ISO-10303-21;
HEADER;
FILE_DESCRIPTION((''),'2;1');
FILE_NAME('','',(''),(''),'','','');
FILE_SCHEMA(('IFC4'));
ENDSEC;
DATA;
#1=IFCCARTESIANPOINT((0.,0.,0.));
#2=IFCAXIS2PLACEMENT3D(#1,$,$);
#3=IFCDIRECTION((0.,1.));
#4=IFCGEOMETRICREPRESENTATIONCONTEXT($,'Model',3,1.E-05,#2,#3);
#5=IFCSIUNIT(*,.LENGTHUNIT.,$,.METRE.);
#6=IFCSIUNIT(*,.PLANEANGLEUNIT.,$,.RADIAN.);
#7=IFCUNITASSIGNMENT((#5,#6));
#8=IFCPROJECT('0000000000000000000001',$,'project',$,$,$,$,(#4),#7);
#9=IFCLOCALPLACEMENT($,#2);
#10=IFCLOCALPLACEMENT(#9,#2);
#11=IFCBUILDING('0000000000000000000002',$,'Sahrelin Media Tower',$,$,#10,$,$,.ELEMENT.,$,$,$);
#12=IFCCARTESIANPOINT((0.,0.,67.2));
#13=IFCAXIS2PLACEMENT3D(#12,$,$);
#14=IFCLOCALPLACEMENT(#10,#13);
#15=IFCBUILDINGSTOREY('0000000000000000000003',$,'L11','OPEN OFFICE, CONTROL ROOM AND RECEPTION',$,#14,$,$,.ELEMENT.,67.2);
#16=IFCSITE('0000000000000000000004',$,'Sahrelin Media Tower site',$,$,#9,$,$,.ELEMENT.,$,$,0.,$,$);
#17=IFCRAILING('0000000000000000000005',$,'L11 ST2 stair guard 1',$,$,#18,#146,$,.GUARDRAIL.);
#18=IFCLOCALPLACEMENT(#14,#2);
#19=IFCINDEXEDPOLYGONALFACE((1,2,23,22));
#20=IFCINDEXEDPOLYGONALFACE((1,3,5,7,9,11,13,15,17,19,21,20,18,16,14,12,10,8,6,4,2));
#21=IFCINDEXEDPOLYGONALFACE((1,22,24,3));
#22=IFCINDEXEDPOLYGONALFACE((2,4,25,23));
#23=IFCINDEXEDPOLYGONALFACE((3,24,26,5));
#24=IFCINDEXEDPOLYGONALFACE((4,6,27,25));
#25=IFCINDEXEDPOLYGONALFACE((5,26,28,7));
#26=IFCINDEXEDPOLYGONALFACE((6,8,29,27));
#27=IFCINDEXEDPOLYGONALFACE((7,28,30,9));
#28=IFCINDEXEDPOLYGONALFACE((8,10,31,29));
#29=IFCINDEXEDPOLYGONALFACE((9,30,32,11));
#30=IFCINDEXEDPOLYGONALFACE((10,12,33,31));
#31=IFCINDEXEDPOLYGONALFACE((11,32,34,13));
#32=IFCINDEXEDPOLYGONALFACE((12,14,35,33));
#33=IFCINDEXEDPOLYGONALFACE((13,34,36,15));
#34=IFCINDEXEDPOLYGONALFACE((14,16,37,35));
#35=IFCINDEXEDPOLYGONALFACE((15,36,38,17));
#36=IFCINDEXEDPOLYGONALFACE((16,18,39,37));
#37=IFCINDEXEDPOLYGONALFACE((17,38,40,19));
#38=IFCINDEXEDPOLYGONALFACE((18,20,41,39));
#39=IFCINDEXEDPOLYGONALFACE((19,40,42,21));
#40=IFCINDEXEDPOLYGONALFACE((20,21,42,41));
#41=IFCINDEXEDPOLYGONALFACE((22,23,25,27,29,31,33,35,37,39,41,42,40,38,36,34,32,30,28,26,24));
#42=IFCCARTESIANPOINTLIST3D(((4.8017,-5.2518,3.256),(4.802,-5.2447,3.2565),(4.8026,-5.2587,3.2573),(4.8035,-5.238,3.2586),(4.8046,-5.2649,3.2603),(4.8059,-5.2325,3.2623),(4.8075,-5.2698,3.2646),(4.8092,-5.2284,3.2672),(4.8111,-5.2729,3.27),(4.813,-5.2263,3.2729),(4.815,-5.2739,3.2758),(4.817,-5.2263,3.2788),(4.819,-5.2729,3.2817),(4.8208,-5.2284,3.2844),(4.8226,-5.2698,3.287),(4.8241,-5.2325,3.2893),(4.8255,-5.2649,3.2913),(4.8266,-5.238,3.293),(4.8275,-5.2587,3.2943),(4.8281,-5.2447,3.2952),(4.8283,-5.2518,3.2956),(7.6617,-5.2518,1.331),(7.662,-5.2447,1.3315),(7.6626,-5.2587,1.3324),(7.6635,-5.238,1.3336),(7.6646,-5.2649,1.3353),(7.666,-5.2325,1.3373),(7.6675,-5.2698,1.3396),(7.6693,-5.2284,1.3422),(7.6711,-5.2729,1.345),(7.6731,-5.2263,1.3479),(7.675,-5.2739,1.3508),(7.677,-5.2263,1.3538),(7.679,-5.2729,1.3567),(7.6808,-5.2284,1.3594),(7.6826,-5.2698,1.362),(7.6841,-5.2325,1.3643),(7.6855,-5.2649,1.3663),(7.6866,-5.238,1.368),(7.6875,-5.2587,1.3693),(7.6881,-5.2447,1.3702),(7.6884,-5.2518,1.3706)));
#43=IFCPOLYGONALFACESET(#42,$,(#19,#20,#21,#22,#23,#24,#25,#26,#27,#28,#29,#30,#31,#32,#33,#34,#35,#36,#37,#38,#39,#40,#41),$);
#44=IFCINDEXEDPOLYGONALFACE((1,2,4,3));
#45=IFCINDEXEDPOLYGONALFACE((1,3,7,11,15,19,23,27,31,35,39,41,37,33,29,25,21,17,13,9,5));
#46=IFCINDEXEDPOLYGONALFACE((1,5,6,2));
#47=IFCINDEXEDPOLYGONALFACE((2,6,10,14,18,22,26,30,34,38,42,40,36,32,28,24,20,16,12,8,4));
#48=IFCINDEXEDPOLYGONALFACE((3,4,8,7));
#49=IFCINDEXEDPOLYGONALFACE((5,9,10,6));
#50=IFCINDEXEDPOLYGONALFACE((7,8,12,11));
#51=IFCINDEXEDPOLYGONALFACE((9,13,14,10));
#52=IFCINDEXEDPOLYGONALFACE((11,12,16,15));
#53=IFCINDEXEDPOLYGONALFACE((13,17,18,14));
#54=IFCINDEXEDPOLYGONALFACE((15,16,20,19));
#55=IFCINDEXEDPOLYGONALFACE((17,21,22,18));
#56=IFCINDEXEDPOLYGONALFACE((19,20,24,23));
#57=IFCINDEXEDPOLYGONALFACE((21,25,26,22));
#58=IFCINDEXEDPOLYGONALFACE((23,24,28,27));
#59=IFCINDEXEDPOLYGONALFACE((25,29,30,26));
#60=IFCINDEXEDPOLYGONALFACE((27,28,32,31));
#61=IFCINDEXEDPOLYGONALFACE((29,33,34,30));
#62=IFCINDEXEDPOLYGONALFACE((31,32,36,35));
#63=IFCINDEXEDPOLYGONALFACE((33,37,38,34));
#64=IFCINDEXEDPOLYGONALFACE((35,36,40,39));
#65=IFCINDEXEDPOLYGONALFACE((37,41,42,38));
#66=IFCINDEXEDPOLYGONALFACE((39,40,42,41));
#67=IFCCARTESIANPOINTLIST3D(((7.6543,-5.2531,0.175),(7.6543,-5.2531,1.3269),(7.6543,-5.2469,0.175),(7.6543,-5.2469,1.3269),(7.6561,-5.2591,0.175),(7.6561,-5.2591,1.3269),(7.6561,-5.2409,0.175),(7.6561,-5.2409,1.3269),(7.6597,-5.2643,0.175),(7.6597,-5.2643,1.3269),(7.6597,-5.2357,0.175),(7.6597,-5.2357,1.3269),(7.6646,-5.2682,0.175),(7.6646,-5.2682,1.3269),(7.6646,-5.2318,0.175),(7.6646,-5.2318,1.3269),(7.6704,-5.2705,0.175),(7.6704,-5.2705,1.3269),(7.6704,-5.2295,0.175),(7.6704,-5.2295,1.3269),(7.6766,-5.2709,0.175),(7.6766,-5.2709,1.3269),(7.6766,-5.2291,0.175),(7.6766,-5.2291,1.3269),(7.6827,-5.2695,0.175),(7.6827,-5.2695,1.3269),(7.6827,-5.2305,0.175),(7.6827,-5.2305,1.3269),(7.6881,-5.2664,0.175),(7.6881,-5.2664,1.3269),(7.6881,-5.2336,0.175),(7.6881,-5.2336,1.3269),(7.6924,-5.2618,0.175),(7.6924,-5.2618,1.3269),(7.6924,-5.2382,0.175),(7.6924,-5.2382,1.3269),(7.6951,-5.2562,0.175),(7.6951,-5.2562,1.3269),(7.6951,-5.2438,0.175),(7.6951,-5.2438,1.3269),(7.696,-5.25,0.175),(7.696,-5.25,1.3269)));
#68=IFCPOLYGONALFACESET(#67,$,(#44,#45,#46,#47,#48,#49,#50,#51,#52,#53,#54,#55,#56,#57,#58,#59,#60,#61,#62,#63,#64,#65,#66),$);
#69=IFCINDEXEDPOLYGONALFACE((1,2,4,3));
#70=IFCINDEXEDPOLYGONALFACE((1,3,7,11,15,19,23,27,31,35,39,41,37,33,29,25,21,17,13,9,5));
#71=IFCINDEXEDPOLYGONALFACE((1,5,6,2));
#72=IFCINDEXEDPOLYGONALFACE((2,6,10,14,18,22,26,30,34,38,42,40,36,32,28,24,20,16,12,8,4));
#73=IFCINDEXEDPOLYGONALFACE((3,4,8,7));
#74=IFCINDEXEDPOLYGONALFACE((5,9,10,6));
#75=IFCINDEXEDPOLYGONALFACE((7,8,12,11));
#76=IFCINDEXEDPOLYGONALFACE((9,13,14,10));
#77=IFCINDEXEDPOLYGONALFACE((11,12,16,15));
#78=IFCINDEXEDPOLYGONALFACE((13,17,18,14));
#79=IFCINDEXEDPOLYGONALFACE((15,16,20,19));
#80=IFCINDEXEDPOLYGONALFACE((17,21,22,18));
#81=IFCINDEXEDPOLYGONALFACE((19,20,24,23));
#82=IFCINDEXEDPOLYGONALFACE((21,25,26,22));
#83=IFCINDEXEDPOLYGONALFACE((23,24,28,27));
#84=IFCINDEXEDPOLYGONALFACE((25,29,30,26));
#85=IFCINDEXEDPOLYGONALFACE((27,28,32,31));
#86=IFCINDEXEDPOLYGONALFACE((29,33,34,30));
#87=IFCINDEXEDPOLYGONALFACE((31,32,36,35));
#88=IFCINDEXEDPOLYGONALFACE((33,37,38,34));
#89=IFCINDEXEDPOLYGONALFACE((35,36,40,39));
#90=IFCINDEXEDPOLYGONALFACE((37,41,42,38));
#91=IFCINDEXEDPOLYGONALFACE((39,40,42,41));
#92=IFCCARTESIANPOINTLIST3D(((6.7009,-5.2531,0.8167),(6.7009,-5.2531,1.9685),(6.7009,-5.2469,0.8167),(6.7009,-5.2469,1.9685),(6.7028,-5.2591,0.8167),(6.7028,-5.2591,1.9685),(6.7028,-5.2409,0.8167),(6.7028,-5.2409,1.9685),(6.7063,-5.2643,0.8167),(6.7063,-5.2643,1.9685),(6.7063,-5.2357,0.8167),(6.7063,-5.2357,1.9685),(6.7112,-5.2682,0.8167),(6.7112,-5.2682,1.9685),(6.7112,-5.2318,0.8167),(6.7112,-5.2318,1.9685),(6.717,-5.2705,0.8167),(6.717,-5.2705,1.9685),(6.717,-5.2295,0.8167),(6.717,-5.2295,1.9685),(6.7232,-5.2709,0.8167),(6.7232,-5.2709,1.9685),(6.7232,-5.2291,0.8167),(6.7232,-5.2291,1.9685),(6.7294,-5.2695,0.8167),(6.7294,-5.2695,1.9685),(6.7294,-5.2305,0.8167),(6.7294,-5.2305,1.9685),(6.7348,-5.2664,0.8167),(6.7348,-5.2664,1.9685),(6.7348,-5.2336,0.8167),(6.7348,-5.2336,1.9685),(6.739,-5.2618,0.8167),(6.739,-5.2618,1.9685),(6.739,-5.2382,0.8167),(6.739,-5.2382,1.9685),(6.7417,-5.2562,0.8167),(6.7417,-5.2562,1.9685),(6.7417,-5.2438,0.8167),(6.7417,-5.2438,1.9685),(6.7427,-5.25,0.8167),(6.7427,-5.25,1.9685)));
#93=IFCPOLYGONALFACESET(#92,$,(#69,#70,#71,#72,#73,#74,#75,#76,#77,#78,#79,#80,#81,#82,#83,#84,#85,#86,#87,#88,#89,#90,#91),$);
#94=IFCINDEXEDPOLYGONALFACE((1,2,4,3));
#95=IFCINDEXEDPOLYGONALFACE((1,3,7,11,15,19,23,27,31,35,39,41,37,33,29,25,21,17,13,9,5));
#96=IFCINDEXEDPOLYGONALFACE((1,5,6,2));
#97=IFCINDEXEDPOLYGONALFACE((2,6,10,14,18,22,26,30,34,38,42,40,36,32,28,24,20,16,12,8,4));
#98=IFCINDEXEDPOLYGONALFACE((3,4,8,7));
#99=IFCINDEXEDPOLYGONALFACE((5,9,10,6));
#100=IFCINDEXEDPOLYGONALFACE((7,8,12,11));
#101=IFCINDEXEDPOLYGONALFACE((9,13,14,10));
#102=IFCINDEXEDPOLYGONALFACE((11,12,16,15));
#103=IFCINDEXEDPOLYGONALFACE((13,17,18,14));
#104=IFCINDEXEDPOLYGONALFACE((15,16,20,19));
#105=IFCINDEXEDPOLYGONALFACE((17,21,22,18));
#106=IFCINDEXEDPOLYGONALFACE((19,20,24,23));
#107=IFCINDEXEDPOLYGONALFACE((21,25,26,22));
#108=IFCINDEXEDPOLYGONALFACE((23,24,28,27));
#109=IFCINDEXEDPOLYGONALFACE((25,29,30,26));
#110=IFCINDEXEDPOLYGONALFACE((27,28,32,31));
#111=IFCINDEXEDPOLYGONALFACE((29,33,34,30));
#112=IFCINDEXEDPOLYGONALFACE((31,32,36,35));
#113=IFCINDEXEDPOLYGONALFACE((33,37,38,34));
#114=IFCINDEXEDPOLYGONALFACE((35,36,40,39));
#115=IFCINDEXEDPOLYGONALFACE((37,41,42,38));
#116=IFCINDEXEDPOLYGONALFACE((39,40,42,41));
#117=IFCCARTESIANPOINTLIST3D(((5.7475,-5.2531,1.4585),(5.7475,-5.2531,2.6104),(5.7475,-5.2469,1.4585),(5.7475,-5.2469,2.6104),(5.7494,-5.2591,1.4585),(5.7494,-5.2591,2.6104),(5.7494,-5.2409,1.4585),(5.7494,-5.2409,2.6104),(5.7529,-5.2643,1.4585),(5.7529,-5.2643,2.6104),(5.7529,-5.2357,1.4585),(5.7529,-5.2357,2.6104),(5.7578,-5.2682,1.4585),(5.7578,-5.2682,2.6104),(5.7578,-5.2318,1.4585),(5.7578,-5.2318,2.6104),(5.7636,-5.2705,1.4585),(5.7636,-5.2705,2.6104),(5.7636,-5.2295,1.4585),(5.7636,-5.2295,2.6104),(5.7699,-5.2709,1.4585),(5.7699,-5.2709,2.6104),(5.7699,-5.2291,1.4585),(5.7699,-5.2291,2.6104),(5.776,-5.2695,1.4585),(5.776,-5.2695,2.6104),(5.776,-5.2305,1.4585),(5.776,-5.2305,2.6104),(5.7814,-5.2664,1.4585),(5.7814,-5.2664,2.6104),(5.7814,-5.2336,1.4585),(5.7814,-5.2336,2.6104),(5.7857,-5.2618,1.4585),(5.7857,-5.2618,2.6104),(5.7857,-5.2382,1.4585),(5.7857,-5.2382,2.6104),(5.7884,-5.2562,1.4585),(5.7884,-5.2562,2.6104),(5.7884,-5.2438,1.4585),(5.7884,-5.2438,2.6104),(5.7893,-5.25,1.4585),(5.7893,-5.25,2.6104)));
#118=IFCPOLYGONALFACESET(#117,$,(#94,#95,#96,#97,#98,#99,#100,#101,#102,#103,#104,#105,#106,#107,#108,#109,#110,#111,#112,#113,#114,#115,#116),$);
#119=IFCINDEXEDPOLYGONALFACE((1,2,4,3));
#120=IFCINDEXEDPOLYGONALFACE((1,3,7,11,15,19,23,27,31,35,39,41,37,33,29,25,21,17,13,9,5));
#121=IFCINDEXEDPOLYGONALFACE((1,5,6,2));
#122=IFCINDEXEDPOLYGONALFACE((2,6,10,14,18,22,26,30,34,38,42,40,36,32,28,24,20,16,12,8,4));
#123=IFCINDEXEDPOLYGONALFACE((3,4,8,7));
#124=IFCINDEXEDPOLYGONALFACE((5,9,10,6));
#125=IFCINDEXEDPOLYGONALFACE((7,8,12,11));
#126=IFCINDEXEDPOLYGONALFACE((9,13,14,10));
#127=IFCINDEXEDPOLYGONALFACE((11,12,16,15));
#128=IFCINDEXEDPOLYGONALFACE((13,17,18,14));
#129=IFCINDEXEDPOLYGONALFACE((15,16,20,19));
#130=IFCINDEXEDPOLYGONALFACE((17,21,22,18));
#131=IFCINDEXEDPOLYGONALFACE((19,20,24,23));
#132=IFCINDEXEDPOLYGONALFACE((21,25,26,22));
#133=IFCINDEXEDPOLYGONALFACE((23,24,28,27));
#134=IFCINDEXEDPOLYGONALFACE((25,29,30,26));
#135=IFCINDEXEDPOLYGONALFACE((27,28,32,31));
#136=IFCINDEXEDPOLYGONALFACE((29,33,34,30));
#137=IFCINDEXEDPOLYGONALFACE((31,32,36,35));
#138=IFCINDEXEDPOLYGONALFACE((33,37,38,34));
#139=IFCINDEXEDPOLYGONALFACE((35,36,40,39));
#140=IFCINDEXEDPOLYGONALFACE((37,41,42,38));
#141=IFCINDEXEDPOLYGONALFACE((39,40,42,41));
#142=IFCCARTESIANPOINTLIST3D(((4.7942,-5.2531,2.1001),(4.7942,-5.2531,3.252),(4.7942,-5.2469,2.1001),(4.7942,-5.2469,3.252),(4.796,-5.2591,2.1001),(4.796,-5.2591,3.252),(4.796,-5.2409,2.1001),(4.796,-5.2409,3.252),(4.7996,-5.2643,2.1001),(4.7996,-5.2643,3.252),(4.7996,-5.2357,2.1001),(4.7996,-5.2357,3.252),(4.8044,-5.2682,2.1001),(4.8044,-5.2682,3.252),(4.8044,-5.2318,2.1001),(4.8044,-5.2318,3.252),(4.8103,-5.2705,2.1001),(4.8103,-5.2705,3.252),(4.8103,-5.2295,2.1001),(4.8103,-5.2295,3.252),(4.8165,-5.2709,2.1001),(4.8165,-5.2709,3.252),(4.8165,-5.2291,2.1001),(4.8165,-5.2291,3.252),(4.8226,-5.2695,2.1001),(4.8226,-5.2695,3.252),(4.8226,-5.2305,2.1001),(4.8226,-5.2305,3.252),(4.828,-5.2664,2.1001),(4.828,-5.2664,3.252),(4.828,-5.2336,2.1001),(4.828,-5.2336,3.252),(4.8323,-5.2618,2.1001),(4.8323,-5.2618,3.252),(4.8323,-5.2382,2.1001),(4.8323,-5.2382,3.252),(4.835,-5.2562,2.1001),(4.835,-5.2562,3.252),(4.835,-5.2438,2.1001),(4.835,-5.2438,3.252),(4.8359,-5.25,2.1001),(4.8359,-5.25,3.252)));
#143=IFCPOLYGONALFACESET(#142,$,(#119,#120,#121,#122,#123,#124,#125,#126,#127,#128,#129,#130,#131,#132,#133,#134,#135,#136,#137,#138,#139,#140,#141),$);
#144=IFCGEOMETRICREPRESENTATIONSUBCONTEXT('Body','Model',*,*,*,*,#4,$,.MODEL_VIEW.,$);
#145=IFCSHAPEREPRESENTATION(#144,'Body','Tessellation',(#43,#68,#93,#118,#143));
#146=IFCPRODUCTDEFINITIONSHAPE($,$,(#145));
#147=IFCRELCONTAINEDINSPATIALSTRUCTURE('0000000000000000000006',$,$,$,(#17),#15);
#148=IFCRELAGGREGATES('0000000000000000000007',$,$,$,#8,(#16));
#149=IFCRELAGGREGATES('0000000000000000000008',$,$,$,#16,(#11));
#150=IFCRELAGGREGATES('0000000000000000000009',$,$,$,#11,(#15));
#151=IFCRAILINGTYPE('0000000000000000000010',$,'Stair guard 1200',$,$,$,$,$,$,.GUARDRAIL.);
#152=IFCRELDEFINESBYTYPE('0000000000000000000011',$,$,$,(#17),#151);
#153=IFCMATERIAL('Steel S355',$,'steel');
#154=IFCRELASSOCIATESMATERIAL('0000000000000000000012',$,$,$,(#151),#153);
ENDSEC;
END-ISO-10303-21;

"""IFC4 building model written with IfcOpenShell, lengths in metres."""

from ifc_helpers import new_model, si_unit, direction, frame, origin, origin_2d, place, context, subcontext, project, spatial, circle, extrude, material, type_object, element, save


model = new_model("IFC4")

# Units and contexts
model_context = context("Model", 3, precision=1e-05, world=origin(), true_north=direction((0.0, 1.0)))
body_context = subcontext(model_context, "Body", "Model", "MODEL_VIEW")
ifc_project = project(units=[si_unit("LENGTHUNIT", "METRE"), si_unit("PLANEANGLEUNIT", "RADIAN")], contexts=[model_context])

# Site, building, storey
site_placement = place(None, origin())
site = spatial("IfcSite", under=ifc_project, at=site_placement, Name="Sahrelin Media Tower site", CompositionType="ELEMENT", RefElevation=0.0)
building_placement = place(site_placement, origin())
building = spatial("IfcBuilding", under=site, at=building_placement, Name="Sahrelin Media Tower", CompositionType="ELEMENT")
storey_placement = place(building_placement, frame((0.0, 0.0, 67.2)))
storey = spatial("IfcBuildingStorey", under=building, at=storey_placement, Name="L11", Description="OPEN OFFICE, CONTROL ROOM AND RECEPTION", CompositionType="ELEMENT", Elevation=67.2)

# Shared definitions
ifc_material_1 = material(Name="Steel S355", Category="steel")

# Railing
railing_type_1 = type_object("IfcRailingType", Name="Stair guard 1200", PredefinedType="GUARDRAIL", material=ifc_material_1)
railing_1_placement = place(storey_placement, frame((7.675, -5.25, 0.175)))
element("IfcRailing", 1, at=railing_1_placement, inside=storey, type_object=railing_type_1, Name="L11 ST2 stair guard 1", PredefinedType="GUARDRAIL", context=body_context, shape_type="SweptSolid", body=[
    extrude(circle(Radius=0.0239, at=origin_2d()), frame((0.0, 0.0, 1.1758), z_axis=(-0.829591, 0.0, 0.558372), x_axis=(0.0, -1.0, 0.0)), (0.0, 0.0, 1.0), 3.4475),
    extrude(circle(Radius=0.021, at=origin_2d()), origin(), (0.0, 0.0, 1.0), 1.1519),
    extrude(circle(Radius=0.021, at=origin_2d()), frame((-0.9534, 0.0, 0.6416)), (0.0, 0.0, 1.0), 1.1519),
    extrude(circle(Radius=0.021, at=origin_2d()), frame((-1.9067, 0.0, 1.2834)), (0.0, 0.0, 1.0), 1.1519),
    extrude(circle(Radius=0.021, at=origin_2d()), frame((-2.8601, 0.0, 1.925)), (0.0, 0.0, 1.0), 1.1519),
])

save(model, "model.ifc")
